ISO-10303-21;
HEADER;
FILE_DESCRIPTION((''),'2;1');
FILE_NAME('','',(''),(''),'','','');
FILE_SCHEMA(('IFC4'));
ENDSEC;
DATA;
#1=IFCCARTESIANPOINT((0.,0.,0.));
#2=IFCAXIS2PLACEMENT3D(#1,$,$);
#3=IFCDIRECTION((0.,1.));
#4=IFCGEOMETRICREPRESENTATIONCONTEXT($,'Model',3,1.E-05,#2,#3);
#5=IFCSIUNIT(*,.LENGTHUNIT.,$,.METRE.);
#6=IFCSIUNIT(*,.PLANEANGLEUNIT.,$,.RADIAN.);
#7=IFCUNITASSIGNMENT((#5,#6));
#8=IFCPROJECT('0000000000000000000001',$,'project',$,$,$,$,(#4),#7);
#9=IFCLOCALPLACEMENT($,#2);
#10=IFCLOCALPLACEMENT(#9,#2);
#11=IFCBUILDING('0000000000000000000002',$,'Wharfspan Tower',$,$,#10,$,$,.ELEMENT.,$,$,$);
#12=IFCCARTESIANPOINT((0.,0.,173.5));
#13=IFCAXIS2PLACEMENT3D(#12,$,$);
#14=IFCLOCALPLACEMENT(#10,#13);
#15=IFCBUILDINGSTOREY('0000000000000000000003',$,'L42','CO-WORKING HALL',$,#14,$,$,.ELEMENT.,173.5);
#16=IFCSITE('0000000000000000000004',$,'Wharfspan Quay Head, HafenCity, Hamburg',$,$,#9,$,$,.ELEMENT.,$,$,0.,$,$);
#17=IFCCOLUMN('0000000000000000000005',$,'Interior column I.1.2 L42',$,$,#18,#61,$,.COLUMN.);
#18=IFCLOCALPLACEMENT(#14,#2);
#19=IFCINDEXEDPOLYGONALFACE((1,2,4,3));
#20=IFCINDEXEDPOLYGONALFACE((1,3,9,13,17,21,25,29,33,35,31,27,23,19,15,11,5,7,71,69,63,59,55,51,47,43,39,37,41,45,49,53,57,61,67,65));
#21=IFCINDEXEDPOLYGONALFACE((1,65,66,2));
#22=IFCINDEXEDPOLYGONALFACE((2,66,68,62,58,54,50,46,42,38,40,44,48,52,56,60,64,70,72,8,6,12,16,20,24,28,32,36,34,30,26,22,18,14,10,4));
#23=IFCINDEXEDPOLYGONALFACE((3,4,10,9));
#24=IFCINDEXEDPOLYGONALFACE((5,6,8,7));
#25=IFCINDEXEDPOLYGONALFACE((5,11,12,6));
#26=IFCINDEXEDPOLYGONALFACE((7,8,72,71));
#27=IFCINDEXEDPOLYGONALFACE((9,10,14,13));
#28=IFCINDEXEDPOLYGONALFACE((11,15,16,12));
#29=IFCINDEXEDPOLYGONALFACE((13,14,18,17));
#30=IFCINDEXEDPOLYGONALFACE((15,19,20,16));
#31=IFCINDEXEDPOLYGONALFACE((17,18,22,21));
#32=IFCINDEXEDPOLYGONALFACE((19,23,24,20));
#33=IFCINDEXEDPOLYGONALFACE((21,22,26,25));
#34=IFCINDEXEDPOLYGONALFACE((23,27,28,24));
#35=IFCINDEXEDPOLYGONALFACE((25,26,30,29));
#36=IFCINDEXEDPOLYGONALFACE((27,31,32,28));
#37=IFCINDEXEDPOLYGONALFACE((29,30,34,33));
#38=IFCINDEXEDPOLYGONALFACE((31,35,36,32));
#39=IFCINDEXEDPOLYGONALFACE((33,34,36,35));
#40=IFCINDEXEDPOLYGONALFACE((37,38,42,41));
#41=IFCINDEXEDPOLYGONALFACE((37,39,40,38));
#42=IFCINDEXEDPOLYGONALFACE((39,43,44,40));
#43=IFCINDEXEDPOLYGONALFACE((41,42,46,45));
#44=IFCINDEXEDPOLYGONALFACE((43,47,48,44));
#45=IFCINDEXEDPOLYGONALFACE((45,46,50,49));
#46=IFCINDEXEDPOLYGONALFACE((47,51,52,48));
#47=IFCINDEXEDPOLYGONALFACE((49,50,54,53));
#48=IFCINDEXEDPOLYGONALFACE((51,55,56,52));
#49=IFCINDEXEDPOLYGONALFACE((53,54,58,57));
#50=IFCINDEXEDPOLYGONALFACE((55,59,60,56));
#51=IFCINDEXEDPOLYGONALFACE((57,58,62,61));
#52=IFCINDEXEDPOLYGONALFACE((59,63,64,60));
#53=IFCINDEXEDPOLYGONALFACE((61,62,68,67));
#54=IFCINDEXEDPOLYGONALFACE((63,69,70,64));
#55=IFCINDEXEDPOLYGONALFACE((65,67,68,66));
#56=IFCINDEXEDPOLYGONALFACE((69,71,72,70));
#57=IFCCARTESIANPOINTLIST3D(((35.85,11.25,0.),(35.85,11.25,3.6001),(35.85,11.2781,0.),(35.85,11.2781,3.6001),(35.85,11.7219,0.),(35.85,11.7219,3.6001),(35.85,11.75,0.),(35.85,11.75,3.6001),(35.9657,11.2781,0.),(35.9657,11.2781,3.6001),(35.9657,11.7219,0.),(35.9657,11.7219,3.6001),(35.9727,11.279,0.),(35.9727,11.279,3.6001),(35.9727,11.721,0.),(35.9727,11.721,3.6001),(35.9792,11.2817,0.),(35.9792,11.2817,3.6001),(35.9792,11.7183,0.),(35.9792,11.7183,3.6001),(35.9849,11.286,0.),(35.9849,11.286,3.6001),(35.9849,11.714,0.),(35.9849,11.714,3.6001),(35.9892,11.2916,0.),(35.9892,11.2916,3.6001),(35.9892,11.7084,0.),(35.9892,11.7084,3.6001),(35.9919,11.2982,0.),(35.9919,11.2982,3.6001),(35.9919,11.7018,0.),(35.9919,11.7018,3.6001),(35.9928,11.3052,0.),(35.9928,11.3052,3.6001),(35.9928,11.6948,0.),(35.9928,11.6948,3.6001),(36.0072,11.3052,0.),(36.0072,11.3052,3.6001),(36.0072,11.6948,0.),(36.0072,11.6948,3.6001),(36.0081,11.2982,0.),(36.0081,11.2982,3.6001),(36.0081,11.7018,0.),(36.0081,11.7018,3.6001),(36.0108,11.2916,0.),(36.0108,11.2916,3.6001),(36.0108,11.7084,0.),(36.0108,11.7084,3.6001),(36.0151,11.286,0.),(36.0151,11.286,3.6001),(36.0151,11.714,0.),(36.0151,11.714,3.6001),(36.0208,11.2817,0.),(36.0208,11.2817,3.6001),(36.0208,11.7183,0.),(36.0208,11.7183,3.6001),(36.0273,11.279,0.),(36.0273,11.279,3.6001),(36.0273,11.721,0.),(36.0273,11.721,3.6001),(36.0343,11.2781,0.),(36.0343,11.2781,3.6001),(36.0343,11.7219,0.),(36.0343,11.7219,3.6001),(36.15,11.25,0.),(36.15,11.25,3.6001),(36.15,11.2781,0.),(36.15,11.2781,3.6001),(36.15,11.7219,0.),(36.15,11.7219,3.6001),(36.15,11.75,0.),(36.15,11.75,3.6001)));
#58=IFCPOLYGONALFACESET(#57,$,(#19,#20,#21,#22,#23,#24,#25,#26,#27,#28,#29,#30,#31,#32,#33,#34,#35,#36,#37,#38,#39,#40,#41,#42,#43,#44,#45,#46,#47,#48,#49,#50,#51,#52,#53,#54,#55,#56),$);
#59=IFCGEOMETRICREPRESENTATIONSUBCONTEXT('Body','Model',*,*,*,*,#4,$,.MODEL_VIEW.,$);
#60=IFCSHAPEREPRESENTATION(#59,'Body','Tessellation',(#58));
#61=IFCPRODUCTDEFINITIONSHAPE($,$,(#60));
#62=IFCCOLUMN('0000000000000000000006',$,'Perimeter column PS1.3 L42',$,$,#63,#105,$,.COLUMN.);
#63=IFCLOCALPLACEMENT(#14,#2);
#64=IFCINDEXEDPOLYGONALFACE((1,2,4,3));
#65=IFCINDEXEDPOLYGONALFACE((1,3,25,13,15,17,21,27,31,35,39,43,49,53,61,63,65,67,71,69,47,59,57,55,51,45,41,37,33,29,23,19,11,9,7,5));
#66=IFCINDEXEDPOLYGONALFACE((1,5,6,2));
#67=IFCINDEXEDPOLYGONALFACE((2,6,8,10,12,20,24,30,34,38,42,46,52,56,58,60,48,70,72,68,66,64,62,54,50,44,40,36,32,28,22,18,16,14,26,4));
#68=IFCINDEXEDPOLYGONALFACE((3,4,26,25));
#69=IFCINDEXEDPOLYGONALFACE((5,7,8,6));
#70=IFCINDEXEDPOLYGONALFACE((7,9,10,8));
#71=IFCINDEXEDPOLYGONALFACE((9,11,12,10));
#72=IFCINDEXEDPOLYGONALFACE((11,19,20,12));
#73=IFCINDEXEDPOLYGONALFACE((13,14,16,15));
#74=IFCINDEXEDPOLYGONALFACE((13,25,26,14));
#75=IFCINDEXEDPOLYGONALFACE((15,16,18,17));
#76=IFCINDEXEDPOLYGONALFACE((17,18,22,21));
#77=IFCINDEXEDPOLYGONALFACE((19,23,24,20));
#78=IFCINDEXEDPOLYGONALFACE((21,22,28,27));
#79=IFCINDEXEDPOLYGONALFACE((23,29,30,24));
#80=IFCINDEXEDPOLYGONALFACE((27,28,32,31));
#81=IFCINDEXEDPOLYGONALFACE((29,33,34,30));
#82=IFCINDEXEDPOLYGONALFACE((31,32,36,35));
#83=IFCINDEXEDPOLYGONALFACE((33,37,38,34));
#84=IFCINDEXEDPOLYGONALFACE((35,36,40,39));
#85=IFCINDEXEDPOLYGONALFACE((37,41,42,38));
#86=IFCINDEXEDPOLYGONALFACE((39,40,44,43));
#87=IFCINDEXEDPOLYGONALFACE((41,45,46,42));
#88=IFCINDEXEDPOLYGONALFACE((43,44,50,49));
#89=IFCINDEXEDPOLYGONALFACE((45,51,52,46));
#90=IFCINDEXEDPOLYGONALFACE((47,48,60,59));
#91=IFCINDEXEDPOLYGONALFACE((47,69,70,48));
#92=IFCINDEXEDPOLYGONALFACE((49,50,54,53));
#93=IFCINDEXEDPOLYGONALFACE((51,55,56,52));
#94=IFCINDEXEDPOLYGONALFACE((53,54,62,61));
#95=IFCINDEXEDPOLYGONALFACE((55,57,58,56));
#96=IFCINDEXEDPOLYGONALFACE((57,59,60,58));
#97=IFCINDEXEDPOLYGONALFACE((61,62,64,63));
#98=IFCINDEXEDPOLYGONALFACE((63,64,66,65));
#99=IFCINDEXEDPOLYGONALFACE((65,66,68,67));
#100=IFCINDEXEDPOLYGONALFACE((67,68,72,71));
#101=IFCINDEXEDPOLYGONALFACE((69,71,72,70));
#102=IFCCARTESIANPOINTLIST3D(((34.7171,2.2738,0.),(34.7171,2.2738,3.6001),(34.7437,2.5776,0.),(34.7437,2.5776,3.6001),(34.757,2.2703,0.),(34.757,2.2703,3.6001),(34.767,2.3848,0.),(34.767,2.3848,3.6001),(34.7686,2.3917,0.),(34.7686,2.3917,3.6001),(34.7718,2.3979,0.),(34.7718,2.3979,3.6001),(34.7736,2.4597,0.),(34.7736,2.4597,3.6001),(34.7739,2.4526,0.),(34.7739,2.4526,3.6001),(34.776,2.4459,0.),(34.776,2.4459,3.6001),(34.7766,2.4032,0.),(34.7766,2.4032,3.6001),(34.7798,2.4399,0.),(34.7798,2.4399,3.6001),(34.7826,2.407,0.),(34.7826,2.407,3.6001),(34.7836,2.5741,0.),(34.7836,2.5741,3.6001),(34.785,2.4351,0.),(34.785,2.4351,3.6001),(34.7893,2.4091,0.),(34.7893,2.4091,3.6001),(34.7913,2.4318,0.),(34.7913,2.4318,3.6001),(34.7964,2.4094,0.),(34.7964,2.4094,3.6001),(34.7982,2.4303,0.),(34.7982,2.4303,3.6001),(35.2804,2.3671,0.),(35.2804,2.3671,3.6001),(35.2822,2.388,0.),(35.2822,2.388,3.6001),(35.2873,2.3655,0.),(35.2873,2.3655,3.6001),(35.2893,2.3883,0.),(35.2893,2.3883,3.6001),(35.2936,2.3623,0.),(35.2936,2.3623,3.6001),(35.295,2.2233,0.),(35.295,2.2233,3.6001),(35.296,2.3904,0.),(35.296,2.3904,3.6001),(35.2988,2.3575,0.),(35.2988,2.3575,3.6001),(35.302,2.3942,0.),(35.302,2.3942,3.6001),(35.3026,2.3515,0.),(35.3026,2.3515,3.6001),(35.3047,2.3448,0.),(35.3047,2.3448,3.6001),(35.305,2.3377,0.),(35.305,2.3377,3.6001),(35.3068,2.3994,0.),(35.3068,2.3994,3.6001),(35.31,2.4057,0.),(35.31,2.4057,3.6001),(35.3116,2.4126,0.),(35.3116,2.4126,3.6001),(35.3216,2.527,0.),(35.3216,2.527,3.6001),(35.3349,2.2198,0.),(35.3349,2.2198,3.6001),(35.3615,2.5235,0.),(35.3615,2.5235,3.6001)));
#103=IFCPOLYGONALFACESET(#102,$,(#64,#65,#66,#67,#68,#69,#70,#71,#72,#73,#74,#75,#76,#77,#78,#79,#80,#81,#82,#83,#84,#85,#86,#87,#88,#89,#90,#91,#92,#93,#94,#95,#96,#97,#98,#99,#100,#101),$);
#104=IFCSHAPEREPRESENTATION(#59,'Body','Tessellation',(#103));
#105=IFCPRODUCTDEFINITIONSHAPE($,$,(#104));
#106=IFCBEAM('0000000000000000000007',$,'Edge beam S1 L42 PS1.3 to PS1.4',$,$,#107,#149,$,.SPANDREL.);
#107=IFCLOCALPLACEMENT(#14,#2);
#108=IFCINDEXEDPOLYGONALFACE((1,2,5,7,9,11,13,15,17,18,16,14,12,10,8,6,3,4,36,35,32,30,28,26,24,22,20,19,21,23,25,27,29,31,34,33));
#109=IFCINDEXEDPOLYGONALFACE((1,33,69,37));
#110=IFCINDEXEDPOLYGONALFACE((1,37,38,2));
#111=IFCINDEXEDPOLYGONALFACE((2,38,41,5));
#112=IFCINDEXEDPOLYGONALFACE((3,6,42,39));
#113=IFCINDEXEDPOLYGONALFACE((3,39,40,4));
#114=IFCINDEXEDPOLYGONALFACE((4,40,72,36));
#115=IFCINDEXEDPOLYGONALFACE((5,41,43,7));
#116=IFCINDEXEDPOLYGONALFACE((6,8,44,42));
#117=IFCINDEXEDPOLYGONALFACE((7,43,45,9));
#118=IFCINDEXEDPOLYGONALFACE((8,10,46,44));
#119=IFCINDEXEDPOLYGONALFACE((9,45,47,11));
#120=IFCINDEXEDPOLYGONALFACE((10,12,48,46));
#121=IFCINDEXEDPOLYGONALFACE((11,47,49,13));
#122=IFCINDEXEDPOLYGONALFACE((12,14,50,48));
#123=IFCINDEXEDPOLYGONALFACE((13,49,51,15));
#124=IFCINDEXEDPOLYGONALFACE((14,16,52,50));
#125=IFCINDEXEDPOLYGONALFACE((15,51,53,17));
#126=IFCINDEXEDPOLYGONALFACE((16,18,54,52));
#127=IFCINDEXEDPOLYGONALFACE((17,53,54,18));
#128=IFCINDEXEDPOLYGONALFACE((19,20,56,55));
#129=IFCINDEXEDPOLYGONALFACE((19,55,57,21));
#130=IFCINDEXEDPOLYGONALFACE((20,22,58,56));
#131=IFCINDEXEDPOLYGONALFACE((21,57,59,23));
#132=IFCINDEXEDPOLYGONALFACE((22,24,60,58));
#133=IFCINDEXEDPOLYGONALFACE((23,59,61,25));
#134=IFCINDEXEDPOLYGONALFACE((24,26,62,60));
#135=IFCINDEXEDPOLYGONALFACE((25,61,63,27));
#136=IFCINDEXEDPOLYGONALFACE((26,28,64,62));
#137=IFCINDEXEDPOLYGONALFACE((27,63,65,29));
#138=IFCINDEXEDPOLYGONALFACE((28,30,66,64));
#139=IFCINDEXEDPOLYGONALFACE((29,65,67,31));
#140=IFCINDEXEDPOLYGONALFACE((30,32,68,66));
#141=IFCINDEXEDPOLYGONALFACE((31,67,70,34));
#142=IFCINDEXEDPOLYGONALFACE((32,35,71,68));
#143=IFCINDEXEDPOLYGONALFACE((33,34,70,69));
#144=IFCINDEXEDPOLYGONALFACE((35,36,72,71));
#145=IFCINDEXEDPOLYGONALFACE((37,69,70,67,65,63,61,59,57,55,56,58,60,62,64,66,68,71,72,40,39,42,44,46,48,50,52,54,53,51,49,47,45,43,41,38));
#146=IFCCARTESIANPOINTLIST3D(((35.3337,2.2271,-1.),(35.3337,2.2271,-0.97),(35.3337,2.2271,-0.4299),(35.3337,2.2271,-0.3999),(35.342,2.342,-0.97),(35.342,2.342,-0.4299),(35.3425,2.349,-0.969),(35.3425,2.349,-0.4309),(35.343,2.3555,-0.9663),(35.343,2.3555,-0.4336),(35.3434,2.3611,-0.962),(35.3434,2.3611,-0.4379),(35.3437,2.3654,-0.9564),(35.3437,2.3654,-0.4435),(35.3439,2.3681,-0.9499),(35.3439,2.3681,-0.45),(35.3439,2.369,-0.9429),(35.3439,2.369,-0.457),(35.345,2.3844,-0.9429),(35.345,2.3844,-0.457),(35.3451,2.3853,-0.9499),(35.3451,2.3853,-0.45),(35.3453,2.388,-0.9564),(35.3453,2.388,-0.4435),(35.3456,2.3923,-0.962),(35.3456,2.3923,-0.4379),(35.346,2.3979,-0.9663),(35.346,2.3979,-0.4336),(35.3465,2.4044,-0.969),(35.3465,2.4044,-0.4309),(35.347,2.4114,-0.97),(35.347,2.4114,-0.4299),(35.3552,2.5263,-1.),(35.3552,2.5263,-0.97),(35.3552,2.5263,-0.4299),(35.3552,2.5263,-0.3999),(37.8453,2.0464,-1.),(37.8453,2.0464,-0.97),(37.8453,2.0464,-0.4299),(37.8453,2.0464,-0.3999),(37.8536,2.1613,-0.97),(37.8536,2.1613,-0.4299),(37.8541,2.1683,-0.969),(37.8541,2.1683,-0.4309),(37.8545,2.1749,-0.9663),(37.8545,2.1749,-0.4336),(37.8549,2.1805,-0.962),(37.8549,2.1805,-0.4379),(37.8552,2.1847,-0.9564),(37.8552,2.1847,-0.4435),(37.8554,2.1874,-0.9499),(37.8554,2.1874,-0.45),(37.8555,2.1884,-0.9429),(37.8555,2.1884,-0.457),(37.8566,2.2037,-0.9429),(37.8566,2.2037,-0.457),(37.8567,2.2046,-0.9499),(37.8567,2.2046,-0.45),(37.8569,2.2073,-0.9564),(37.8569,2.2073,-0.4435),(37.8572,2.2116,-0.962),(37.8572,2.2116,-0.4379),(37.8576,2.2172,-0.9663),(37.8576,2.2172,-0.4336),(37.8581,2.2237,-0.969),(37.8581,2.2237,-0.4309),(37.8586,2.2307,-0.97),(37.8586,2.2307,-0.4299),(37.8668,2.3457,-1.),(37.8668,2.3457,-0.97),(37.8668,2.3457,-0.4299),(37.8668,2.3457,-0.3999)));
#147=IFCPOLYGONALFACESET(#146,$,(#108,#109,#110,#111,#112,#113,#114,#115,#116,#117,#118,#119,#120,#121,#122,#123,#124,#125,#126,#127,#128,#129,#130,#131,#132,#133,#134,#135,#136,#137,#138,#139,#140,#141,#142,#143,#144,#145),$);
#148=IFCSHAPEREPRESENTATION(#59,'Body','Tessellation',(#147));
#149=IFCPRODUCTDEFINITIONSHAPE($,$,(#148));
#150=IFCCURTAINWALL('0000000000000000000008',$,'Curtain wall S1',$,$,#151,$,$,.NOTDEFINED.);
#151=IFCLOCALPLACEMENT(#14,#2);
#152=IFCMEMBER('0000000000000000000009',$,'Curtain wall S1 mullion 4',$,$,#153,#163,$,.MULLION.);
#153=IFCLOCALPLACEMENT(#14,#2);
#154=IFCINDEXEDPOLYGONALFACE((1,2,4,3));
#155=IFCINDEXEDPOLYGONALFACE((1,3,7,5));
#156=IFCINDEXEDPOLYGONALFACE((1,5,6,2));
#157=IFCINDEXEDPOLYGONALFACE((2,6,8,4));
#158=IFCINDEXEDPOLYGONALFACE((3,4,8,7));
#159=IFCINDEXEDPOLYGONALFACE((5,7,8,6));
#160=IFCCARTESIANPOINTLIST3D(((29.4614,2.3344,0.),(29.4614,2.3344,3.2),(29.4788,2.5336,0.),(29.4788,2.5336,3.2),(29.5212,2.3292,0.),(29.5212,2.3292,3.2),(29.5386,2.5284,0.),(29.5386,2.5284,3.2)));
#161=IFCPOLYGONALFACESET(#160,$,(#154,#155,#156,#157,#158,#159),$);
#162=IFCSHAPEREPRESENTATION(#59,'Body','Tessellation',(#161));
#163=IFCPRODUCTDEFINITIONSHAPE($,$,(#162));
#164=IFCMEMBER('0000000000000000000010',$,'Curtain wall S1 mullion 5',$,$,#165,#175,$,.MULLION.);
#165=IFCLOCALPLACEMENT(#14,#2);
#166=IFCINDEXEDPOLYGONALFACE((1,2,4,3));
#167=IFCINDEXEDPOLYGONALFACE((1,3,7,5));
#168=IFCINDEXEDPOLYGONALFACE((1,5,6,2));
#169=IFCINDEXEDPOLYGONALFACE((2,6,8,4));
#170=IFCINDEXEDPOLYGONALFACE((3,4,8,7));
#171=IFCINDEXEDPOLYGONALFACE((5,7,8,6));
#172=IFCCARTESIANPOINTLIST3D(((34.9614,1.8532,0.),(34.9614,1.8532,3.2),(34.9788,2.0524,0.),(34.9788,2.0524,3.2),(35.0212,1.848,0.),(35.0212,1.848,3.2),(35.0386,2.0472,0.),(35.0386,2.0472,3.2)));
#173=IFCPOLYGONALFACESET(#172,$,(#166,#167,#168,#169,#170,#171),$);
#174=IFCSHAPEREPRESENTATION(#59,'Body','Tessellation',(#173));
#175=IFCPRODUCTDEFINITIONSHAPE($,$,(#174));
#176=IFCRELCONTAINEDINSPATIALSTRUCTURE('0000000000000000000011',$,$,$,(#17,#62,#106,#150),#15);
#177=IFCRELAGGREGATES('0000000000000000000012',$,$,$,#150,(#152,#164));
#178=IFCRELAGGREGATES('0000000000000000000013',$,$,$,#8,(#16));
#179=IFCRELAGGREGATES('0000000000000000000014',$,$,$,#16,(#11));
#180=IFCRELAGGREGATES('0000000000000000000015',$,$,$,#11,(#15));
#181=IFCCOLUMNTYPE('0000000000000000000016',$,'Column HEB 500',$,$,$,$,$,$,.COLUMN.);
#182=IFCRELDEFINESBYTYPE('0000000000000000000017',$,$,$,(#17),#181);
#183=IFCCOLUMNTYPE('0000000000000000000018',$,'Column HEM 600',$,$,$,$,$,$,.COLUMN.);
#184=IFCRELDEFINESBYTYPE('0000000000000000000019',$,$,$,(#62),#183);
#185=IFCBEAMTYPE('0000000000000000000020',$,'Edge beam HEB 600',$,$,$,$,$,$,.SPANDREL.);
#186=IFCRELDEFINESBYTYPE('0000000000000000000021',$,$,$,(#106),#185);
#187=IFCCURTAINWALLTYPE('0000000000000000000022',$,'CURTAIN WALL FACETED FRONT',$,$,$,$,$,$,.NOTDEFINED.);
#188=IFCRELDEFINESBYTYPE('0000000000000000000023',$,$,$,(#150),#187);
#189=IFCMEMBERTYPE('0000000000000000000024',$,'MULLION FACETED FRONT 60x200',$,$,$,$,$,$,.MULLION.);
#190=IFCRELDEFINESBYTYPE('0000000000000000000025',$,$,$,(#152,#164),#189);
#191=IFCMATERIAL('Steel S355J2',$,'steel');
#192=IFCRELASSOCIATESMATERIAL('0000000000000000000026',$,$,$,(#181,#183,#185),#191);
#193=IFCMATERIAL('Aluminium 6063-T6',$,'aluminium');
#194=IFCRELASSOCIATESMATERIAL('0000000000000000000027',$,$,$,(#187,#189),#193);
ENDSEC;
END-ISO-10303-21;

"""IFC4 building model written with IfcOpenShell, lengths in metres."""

from ifc_helpers import new_model, si_unit, direction, frame, origin, origin_2d, place, context, subcontext, project, spatial, rectangle, i_section, extrude, material, material_profile, profile_set, type_object, element, aggregate, save


model = new_model("IFC4")

# Units and contexts
model_context = context("Model", 3, precision=1e-05, world=origin(), true_north=direction((0.0, 1.0)))
body_context = subcontext(model_context, "Body", "Model", "MODEL_VIEW")
ifc_project = project(units=[si_unit("LENGTHUNIT", "METRE"), si_unit("PLANEANGLEUNIT", "RADIAN")], contexts=[model_context])

# Site, building, storey
site_placement = place(None, origin())
site = spatial("IfcSite", under=ifc_project, at=site_placement, Name="Wharfspan Quay Head, HafenCity, Hamburg", CompositionType="ELEMENT", RefElevation=0.0)
building_placement = place(site_placement, origin())
building = spatial("IfcBuilding", under=site, at=building_placement, Name="Wharfspan Tower", CompositionType="ELEMENT")
storey_placement = place(building_placement, frame((0.0, 0.0, 173.5)))
storey = spatial("IfcBuildingStorey", under=building, at=storey_placement, Name="L42", Description="CO-WORKING HALL", CompositionType="ELEMENT", Elevation=173.5)

# Columns
ifc_material_1 = material(Name="Steel S355J2", Category="steel")
ifc_material_profile_1 = material_profile(ifc_material_1, i_section(OverallWidth=0.3, OverallDepth=0.5, WebThickness=0.0144, FlangeThickness=0.0281, FilletRadius=0.0271, at=origin_2d()))
ifc_profile_set_1 = profile_set([ifc_material_profile_1], Name="Steel S355J2")
column_type_1 = type_object("IfcColumnType", Name="Column HEB 500", PredefinedType="COLUMN", material=ifc_profile_set_1)
column_1_placement = place(storey_placement, frame((36.0, 11.5, 0.0), z_axis=(0.0, 0.0, 1.0), x_axis=(1.0, 0.0, 0.0)))
element("IfcColumn", 1, at=column_1_placement, inside=storey, type_object=column_type_1, Name="Interior column I.1.2 L42", PredefinedType="COLUMN", context=body_context, shape_type="SweptSolid", body=[
    extrude(i_section(OverallWidth=0.3, OverallDepth=0.5, WebThickness=0.0144, FlangeThickness=0.0281, FilletRadius=0.0271, at=origin_2d()), origin(), (0.0, 0.0, 1.0), 3.6001),
])
ifc_material_profile_2 = material_profile(ifc_material_1, i_section(OverallWidth=0.3049, OverallDepth=0.6201, WebThickness=0.021, FlangeThickness=0.04, FilletRadius=0.0271, at=origin_2d()))
ifc_profile_set_2 = profile_set([ifc_material_profile_2], Name="Steel S355J2")
column_type_2 = type_object("IfcColumnType", Name="Column HEM 600", PredefinedType="COLUMN", material=ifc_profile_set_2)
column_2_placement = place(storey_placement, frame((35.0393, 2.3987, 0.0), z_axis=(0.0, 0.0, 1.0), x_axis=(-0.087156, -0.996198, 0.0)))
element("IfcColumn", 2, at=column_2_placement, inside=storey, type_object=column_type_2, Name="Perimeter column PS1.3 L42", PredefinedType="COLUMN", context=body_context, shape_type="SweptSolid", body=[
    extrude(i_section(OverallWidth=0.3049, OverallDepth=0.6201, WebThickness=0.021, FlangeThickness=0.04, FilletRadius=0.0271, at=origin_2d()), origin(), (0.0, 0.0, 1.0), 3.6001),
])

# Beam
ifc_material_profile_3 = material_profile(ifc_material_1, i_section(OverallWidth=0.3, OverallDepth=0.6001, WebThickness=0.0154, FlangeThickness=0.03, FilletRadius=0.0271, at=origin_2d()))
ifc_profile_set_3 = profile_set([ifc_material_profile_3], Name="Steel S355J2")
beam_type = type_object("IfcBeamType", Name="Edge beam HEB 600", PredefinedType="SPANDREL", material=ifc_profile_set_3)
beam_placement = place(storey_placement, frame((35.3445, 2.3767, -0.7), z_axis=(0.997423, -0.07175, 0.0), x_axis=(0.07175, 0.997423, 0.0)))
element("IfcBeam", 3, at=beam_placement, inside=storey, type_object=beam_type, Name="Edge beam S1 L42 PS1.3 to PS1.4", PredefinedType="SPANDREL", context=body_context, shape_type="SweptSolid", body=[
    extrude(i_section(OverallWidth=0.3, OverallDepth=0.6001, WebThickness=0.0154, FlangeThickness=0.03, FilletRadius=0.0271, at=origin_2d()), origin(), (0.0, 0.0, 1.0), 2.5181),
])

# Curtain wall, members
ifc_material_2 = material(Name="Aluminium 6063-T6", Category="aluminium")
curtain_wall_type = type_object("IfcCurtainWallType", Name="CURTAIN WALL FACETED FRONT", PredefinedType="NOTDEFINED", material=ifc_material_2)
curtain_wall_placement = place(storey_placement, origin())
curtain_wall = element("IfcCurtainWall", 4, at=curtain_wall_placement, inside=storey, type_object=curtain_wall_type, Name="Curtain wall S1", PredefinedType="NOTDEFINED")
ifc_material_profile_4 = material_profile(ifc_material_2, rectangle(XDim=0.2, YDim=0.0601, at=origin_2d()))
ifc_profile_set_4 = profile_set([ifc_material_profile_4], Name="Aluminium 6063-T6")
member_type_1 = type_object("IfcMemberType", Name="MULLION FACETED FRONT 60x200", PredefinedType="MULLION", material=ifc_profile_set_4)
member_1_placement = place(storey_placement, frame((29.5, 2.4314, 0.0), z_axis=(0.0, 0.0, 1.0), x_axis=(0.087156, 0.996198, 0.0)))
member_1 = element("IfcMember", 5, at=member_1_placement, type_object=member_type_1, Name="Curtain wall S1 mullion 4", PredefinedType="MULLION", context=body_context, shape_type="SweptSolid", body=[
    extrude(rectangle(XDim=0.2, YDim=0.0601, at=origin_2d()), origin(), (0.0, 0.0, 1.0), 3.2),
])
member_2_placement = place(storey_placement, frame((35.0, 1.9502, 0.0), z_axis=(0.0, 0.0, 1.0), x_axis=(0.087156, 0.996198, 0.0)))
member_2 = element("IfcMember", 6, at=member_2_placement, type_object=member_type_1, Name="Curtain wall S1 mullion 5", PredefinedType="MULLION", context=body_context, shape_type="SweptSolid", body=[
    extrude(rectangle(XDim=0.2, YDim=0.0601, at=origin_2d()), origin(), (0.0, 0.0, 1.0), 3.2),
])

aggregate(curtain_wall, [member_1, member_2])

save(model, "model.ifc")
